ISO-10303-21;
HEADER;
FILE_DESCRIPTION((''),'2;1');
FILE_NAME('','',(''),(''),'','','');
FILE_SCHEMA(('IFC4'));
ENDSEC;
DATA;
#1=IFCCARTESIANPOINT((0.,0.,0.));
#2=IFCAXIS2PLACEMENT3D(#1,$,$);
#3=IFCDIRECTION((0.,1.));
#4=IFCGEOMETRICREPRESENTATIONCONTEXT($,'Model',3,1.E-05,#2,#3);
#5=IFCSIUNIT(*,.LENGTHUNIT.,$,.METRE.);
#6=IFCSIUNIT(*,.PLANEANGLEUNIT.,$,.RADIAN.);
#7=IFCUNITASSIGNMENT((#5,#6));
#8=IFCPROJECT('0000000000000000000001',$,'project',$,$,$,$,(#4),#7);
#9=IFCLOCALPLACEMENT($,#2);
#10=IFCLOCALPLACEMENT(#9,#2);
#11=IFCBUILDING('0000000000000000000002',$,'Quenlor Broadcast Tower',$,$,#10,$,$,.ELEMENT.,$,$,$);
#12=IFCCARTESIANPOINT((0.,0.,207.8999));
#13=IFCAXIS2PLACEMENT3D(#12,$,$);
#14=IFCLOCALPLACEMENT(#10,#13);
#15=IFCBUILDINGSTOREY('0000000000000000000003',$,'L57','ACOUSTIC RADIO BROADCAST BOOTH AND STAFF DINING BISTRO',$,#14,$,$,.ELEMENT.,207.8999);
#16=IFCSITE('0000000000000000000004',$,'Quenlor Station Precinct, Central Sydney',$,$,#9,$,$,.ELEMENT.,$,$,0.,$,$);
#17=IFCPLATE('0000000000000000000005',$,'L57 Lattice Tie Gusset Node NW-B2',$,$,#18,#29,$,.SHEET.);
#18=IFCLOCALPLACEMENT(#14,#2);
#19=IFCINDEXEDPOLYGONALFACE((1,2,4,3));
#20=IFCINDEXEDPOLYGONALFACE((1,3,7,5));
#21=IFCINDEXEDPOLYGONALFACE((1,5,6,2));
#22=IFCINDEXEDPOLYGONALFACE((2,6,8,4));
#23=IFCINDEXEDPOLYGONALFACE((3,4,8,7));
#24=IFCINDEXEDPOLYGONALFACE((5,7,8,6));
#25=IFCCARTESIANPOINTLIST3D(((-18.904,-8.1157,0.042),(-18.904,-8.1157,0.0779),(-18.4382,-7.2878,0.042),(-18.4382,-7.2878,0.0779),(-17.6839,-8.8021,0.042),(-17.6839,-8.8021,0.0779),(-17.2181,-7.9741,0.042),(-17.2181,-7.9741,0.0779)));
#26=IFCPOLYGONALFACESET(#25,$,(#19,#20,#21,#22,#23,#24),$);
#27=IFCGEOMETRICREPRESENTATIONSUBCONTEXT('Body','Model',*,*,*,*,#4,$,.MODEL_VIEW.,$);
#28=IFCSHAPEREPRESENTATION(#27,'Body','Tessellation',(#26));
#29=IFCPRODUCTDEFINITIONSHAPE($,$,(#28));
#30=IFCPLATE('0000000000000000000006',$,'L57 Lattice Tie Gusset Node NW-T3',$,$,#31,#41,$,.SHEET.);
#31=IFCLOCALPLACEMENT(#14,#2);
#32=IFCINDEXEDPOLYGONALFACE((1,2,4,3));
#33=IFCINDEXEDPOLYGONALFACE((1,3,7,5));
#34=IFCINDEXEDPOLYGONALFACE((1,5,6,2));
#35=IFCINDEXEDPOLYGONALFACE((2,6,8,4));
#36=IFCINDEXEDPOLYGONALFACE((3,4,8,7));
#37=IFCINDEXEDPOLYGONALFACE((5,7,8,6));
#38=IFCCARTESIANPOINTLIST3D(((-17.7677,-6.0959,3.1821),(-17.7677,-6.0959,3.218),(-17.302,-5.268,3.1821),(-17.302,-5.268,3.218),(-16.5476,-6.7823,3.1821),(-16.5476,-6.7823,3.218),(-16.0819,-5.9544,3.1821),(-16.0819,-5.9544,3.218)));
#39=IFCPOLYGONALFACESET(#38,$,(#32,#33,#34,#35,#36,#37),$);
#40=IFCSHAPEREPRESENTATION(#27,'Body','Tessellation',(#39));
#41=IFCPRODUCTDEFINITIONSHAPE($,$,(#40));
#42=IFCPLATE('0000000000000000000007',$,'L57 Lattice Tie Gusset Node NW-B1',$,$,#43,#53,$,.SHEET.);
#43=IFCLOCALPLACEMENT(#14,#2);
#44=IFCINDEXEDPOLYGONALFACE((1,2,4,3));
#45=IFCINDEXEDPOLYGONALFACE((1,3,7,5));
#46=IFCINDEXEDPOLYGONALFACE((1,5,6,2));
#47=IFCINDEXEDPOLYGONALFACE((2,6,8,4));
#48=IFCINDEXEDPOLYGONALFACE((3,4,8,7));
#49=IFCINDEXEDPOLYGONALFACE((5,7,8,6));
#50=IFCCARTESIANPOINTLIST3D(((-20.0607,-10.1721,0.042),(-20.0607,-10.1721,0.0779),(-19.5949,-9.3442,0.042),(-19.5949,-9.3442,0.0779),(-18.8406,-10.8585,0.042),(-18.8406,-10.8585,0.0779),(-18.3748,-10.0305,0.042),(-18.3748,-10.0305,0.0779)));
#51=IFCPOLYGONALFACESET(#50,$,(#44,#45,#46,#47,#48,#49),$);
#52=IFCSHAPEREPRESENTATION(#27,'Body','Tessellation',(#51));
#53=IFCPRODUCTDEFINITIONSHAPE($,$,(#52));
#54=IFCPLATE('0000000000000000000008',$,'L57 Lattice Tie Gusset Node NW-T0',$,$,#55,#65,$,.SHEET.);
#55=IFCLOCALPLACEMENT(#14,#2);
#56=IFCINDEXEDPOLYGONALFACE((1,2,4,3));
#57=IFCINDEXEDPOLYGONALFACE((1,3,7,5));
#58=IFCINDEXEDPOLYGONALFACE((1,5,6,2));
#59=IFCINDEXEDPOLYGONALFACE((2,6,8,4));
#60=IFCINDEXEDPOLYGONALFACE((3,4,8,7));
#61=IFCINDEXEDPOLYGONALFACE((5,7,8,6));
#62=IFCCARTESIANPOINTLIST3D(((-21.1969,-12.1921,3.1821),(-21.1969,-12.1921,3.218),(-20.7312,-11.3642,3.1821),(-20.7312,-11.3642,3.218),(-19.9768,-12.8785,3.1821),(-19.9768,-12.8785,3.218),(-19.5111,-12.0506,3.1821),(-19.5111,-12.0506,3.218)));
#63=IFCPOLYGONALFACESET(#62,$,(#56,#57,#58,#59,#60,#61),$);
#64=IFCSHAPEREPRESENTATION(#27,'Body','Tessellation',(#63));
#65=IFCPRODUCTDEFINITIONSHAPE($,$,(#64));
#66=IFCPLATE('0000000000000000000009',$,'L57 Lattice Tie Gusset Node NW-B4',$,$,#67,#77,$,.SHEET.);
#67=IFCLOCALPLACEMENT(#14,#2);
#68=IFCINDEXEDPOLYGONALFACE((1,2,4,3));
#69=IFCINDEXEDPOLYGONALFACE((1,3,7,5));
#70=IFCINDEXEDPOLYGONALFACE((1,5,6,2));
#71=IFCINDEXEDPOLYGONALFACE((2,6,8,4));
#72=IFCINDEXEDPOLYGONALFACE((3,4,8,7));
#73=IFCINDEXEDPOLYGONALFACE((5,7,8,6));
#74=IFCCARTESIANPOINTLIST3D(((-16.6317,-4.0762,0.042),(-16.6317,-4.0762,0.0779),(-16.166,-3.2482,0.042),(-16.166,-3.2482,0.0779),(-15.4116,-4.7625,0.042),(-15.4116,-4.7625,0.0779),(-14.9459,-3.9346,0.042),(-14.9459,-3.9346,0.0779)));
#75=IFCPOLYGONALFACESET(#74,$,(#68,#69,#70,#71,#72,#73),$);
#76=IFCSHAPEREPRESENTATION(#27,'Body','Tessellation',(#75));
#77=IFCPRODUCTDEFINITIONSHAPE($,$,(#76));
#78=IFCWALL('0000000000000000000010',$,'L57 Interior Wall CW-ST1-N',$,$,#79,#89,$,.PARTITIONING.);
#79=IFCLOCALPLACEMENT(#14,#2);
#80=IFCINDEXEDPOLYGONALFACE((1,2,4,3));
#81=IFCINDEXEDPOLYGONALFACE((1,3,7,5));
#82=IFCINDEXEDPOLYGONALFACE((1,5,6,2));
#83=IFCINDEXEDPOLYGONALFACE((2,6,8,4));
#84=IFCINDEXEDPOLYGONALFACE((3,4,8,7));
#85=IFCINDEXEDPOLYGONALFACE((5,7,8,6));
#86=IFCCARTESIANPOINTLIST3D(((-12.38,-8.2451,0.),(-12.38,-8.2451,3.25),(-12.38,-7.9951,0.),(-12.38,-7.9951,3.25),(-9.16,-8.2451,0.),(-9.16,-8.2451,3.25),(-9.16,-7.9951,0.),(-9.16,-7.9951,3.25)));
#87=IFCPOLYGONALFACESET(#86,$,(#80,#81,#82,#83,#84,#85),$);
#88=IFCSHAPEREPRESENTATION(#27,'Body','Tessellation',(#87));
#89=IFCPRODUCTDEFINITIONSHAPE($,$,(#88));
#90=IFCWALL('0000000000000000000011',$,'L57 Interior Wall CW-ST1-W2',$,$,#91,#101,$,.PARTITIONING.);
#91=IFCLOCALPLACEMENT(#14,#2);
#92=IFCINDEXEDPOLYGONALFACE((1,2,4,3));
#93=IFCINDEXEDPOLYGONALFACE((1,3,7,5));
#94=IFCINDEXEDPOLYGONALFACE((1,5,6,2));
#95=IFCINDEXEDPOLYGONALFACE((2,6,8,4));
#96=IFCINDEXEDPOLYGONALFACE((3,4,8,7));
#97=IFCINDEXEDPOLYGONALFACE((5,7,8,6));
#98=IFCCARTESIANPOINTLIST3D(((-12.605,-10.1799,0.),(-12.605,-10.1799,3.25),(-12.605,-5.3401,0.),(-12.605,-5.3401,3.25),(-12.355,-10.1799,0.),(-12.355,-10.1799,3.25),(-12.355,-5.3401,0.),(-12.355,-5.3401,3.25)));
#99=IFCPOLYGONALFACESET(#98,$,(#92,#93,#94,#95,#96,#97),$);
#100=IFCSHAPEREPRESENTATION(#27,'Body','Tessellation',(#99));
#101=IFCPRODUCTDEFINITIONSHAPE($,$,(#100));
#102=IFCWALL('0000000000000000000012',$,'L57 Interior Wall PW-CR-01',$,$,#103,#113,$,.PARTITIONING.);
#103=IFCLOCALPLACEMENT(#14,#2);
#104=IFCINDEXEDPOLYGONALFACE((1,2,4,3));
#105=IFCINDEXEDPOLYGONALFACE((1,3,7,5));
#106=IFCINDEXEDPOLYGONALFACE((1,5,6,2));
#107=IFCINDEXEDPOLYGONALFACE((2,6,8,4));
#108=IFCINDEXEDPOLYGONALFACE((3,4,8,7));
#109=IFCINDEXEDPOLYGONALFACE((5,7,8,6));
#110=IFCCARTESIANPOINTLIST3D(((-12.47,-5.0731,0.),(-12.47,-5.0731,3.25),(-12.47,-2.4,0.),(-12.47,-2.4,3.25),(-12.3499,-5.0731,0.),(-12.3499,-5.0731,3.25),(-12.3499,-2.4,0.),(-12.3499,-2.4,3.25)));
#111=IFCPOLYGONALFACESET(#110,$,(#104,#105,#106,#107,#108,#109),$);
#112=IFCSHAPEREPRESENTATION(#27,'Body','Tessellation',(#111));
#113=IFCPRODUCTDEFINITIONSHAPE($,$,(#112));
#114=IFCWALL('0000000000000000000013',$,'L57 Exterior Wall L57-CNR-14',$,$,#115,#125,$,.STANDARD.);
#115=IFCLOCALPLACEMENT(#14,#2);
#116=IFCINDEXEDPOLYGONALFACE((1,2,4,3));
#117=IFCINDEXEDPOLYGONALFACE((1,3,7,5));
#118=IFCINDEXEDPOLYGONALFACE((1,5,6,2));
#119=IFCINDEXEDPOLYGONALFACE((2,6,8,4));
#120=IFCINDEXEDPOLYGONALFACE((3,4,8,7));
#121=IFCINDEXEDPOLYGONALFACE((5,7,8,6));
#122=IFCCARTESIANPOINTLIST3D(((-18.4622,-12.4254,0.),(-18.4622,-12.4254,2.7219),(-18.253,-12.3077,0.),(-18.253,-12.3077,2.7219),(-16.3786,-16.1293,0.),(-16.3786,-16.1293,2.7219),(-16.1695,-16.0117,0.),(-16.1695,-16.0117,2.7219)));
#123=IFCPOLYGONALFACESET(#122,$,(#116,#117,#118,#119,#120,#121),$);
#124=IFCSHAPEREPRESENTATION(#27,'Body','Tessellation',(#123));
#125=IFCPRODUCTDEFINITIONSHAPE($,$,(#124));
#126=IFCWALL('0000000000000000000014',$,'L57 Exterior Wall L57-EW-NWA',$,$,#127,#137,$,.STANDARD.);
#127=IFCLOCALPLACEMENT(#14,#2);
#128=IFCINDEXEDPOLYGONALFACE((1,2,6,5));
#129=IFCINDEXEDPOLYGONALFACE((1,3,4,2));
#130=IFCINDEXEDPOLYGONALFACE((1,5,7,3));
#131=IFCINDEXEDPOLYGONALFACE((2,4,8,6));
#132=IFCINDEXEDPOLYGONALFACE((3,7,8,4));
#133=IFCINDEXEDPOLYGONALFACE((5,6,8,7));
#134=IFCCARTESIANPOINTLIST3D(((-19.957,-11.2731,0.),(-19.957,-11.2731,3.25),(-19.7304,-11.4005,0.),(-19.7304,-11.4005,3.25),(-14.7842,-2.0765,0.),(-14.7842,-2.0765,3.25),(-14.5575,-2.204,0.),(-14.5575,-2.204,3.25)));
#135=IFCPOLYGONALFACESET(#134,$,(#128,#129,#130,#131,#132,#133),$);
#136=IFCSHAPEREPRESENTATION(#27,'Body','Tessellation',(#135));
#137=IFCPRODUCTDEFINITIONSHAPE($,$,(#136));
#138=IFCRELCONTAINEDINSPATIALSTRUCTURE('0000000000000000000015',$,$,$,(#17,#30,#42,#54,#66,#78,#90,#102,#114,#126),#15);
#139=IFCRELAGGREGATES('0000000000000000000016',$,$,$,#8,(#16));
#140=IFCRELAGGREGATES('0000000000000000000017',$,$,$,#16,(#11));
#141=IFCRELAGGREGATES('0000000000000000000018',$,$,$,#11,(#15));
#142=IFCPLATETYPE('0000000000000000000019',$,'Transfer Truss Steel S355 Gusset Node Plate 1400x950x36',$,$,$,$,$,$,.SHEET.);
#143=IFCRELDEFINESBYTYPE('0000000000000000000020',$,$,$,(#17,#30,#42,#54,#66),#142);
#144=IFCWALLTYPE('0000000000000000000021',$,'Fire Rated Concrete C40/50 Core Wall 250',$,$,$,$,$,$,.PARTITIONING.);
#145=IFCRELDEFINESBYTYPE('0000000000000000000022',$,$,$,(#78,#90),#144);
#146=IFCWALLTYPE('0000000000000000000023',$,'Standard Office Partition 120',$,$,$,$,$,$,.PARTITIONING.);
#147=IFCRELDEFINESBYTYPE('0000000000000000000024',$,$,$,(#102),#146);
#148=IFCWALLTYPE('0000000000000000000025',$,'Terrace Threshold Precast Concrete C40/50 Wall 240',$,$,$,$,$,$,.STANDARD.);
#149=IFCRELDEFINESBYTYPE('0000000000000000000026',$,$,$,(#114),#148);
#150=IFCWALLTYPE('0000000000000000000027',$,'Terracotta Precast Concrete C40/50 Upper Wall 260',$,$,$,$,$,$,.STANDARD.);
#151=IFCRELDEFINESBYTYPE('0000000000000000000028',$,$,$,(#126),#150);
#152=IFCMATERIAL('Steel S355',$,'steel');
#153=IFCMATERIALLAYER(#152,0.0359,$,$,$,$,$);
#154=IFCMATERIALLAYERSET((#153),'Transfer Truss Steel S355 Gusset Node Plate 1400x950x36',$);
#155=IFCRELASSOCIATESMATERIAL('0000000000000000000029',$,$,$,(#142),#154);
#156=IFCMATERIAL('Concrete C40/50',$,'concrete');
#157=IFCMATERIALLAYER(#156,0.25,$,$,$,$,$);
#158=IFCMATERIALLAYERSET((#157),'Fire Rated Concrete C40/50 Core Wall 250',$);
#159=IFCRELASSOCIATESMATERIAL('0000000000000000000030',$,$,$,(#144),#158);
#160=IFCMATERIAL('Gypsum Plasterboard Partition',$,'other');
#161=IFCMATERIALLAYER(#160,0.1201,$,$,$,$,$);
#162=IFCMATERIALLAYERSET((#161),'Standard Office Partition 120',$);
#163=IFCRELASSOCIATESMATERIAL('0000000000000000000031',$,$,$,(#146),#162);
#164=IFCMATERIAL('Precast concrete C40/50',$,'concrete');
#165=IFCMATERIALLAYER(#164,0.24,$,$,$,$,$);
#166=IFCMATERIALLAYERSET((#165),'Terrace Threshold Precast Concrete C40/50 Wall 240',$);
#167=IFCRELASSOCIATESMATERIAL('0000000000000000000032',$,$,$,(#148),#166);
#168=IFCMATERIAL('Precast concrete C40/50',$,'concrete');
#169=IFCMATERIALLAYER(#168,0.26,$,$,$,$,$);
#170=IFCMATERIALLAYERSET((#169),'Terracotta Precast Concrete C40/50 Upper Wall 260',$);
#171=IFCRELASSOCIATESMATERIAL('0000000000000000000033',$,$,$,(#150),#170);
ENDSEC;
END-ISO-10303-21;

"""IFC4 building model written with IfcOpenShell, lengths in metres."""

from ifc_helpers import new_model, si_unit, direction, frame, frame_2d, origin, origin_2d, place, context, subcontext, project, spatial, rectangle, extrude, material, layer, layer_set, type_object, element, save


model = new_model("IFC4")

# Units and contexts
model_context = context("Model", 3, precision=1e-05, world=origin(), true_north=direction((0.0, 1.0)))
body_context = subcontext(model_context, "Body", "Model", "MODEL_VIEW")
ifc_project = project(units=[si_unit("LENGTHUNIT", "METRE"), si_unit("PLANEANGLEUNIT", "RADIAN")], contexts=[model_context])

# Site, building, storey
site_placement = place(None, origin())
site = spatial("IfcSite", under=ifc_project, at=site_placement, Name="Quenlor Station Precinct, Central Sydney", CompositionType="ELEMENT", RefElevation=0.0)
building_placement = place(site_placement, origin())
building = spatial("IfcBuilding", under=site, at=building_placement, Name="Quenlor Broadcast Tower", CompositionType="ELEMENT")
storey_placement = place(building_placement, frame((0.0, 0.0, 207.8999)))
storey = spatial("IfcBuildingStorey", under=building, at=storey_placement, Name="L57", Description="ACOUSTIC RADIO BROADCAST BOOTH AND STAFF DINING BISTRO", CompositionType="ELEMENT", Elevation=207.8999)

# Plates
ifc_material_1 = material(Name="Steel S355", Category="steel")
ifc_layer_1 = layer(ifc_material_1, 0.0359)
ifc_layer_set_1 = layer_set([ifc_layer_1], Name="Transfer Truss Steel S355 Gusset Node Plate 1400x950x36")
plate_type = type_object("IfcPlateType", Name="Transfer Truss Steel S355 Gusset Node Plate 1400x950x36", PredefinedType="SHEET", material=ifc_layer_set_1)
for number, where, z_axis, x_axis, name in (
    (1, (-18.061, -8.0449, 0.042), (0.0, 0.0, 1.0), (-0.871556, 0.490295, 0.0), "L57 Lattice Tie Gusset Node NW-B2"),
    (2, (-16.9248, -6.0251, 3.1821), (0.0, 0.0, 1.0), (-0.871556, 0.490295, 0.0), "L57 Lattice Tie Gusset Node NW-T3"),
    (3, (-19.2178, -10.1013, 0.042), (0.0, 0.0, 1.0), (-0.871556, 0.490295, 0.0), "L57 Lattice Tie Gusset Node NW-B1"),
    (4, (-20.354, -12.1213, 3.1821), (0.0, 0.0, 1.0), (-0.871556, 0.490295, 0.0), "L57 Lattice Tie Gusset Node NW-T0"),
    (5, (-15.7888, -4.0054, 0.042), (0.0, 0.0, 1.0), (-0.871556, 0.490295, 0.0), "L57 Lattice Tie Gusset Node NW-B4"),
):
    element("IfcPlate", number, at=place(storey_placement, frame(where, z_axis=z_axis, x_axis=x_axis)), inside=storey, type_object=plate_type, Name=name, PredefinedType="SHEET", context=body_context, shape_type="SweptSolid", body=[
        extrude(rectangle(XDim=1.3999, YDim=0.95, at=origin_2d()), origin(), (0.0, 0.0, 1.0), 0.0359),
    ])

# Walls
ifc_material_2 = material(Name="Concrete C40/50", Category="concrete")
ifc_layer_2 = layer(ifc_material_2, 0.25)
ifc_layer_set_2 = layer_set([ifc_layer_2], Name="Fire Rated Concrete C40/50 Core Wall 250")
wall_type_1 = type_object("IfcWallType", Name="Fire Rated Concrete C40/50 Core Wall 250", PredefinedType="PARTITIONING", material=ifc_layer_set_2)
wall_1_placement = place(storey_placement, frame((-12.3799, -8.1201, 0.0), z_axis=(0.0, 0.0, 1.0), x_axis=(1.0, 0.0, 0.0)))
element("IfcWall", 6, at=wall_1_placement, inside=storey, type_object=wall_type_1, Name="L57 Interior Wall CW-ST1-N", PredefinedType="PARTITIONING", context=body_context, shape_type="SweptSolid", body=[
    extrude(rectangle(XDim=3.22, YDim=0.25, at=frame_2d((1.6099, 0.0))), origin(), (0.0, 0.0, 1.0), 3.25),
])
wall_2_placement = place(storey_placement, frame((-12.48, -10.1799, 0.0), z_axis=(0.0, 0.0, 1.0), x_axis=(0.0, 1.0, 0.0)))
element("IfcWall", 7, at=wall_2_placement, inside=storey, type_object=wall_type_1, Name="L57 Interior Wall CW-ST1-W2", PredefinedType="PARTITIONING", context=body_context, shape_type="SweptSolid", body=[
    extrude(rectangle(XDim=4.8398, YDim=0.25, at=frame_2d((2.4199, 0.0))), origin(), (0.0, 0.0, 1.0), 3.25),
])

# Wall
ifc_material_3 = material(Name="Gypsum Plasterboard Partition", Category="other")
ifc_layer_3 = layer(ifc_material_3, 0.1201)
ifc_layer_set_3 = layer_set([ifc_layer_3], Name="Standard Office Partition 120")
wall_type_2 = type_object("IfcWallType", Name="Standard Office Partition 120", PredefinedType="PARTITIONING", material=ifc_layer_set_3)
wall_3_placement = place(storey_placement, frame((-12.4099, -5.073, 0.0), z_axis=(0.0, 0.0, 1.0), x_axis=(0.0, 1.0, 0.0)))
element("IfcWall", 8, at=wall_3_placement, inside=storey, type_object=wall_type_2, Name="L57 Interior Wall PW-CR-01", PredefinedType="PARTITIONING", context=body_context, shape_type="SweptSolid", body=[
    extrude(rectangle(XDim=2.6731, YDim=0.1201, at=frame_2d((1.3364, 0.0))), origin(), (0.0, 0.0, 1.0), 3.25),
])

# Walls
ifc_material_4 = material(Name="Precast concrete C40/50", Category="concrete")
ifc_layer_4 = layer(ifc_material_4, 0.24)
ifc_layer_set_4 = layer_set([ifc_layer_4], Name="Terrace Threshold Precast Concrete C40/50 Wall 240")
wall_type_3 = type_object("IfcWallType", Name="Terrace Threshold Precast Concrete C40/50 Wall 240", PredefinedType="STANDARD", material=ifc_layer_set_4)
wall_4_placement = place(storey_placement, frame((-18.3577, -12.3665, 0.0), z_axis=(0.0, 0.0, 1.0), x_axis=(0.490275, -0.871568, 0.0)))
element("IfcWall", 9, at=wall_4_placement, inside=storey, type_object=wall_type_3, Name="L57 Exterior Wall L57-CNR-14", PredefinedType="STANDARD", context=body_context, shape_type="SweptSolid", body=[
    extrude(rectangle(XDim=4.2498, YDim=0.24, at=frame_2d((2.125, 0.0))), origin(), (0.0, 0.0, 1.0), 2.7219),
])
ifc_material_5 = material(Name="Precast concrete C40/50", Category="concrete")
ifc_layer_5 = layer(ifc_material_5, 0.26)
ifc_layer_set_5 = layer_set([ifc_layer_5], Name="Terracotta Precast Concrete C40/50 Upper Wall 260")
wall_type_4 = type_object("IfcWallType", Name="Terracotta Precast Concrete C40/50 Upper Wall 260", PredefinedType="STANDARD", material=ifc_layer_set_5)
wall_5_placement = place(storey_placement, frame((-19.8438, -11.3369, 0.0), z_axis=(0.0, 0.0, 1.0), x_axis=(0.490247, 0.871584, 0.0)))
element("IfcWall", 10, at=wall_5_placement, inside=storey, type_object=wall_type_4, Name="L57 Exterior Wall L57-EW-NWA", PredefinedType="STANDARD", context=body_context, shape_type="SweptSolid", body=[
    extrude(rectangle(XDim=10.5515, YDim=0.26, at=frame_2d((5.2759, 0.0))), origin(), (0.0, 0.0, 1.0), 3.25),
])

save(model, "model.ifc")
